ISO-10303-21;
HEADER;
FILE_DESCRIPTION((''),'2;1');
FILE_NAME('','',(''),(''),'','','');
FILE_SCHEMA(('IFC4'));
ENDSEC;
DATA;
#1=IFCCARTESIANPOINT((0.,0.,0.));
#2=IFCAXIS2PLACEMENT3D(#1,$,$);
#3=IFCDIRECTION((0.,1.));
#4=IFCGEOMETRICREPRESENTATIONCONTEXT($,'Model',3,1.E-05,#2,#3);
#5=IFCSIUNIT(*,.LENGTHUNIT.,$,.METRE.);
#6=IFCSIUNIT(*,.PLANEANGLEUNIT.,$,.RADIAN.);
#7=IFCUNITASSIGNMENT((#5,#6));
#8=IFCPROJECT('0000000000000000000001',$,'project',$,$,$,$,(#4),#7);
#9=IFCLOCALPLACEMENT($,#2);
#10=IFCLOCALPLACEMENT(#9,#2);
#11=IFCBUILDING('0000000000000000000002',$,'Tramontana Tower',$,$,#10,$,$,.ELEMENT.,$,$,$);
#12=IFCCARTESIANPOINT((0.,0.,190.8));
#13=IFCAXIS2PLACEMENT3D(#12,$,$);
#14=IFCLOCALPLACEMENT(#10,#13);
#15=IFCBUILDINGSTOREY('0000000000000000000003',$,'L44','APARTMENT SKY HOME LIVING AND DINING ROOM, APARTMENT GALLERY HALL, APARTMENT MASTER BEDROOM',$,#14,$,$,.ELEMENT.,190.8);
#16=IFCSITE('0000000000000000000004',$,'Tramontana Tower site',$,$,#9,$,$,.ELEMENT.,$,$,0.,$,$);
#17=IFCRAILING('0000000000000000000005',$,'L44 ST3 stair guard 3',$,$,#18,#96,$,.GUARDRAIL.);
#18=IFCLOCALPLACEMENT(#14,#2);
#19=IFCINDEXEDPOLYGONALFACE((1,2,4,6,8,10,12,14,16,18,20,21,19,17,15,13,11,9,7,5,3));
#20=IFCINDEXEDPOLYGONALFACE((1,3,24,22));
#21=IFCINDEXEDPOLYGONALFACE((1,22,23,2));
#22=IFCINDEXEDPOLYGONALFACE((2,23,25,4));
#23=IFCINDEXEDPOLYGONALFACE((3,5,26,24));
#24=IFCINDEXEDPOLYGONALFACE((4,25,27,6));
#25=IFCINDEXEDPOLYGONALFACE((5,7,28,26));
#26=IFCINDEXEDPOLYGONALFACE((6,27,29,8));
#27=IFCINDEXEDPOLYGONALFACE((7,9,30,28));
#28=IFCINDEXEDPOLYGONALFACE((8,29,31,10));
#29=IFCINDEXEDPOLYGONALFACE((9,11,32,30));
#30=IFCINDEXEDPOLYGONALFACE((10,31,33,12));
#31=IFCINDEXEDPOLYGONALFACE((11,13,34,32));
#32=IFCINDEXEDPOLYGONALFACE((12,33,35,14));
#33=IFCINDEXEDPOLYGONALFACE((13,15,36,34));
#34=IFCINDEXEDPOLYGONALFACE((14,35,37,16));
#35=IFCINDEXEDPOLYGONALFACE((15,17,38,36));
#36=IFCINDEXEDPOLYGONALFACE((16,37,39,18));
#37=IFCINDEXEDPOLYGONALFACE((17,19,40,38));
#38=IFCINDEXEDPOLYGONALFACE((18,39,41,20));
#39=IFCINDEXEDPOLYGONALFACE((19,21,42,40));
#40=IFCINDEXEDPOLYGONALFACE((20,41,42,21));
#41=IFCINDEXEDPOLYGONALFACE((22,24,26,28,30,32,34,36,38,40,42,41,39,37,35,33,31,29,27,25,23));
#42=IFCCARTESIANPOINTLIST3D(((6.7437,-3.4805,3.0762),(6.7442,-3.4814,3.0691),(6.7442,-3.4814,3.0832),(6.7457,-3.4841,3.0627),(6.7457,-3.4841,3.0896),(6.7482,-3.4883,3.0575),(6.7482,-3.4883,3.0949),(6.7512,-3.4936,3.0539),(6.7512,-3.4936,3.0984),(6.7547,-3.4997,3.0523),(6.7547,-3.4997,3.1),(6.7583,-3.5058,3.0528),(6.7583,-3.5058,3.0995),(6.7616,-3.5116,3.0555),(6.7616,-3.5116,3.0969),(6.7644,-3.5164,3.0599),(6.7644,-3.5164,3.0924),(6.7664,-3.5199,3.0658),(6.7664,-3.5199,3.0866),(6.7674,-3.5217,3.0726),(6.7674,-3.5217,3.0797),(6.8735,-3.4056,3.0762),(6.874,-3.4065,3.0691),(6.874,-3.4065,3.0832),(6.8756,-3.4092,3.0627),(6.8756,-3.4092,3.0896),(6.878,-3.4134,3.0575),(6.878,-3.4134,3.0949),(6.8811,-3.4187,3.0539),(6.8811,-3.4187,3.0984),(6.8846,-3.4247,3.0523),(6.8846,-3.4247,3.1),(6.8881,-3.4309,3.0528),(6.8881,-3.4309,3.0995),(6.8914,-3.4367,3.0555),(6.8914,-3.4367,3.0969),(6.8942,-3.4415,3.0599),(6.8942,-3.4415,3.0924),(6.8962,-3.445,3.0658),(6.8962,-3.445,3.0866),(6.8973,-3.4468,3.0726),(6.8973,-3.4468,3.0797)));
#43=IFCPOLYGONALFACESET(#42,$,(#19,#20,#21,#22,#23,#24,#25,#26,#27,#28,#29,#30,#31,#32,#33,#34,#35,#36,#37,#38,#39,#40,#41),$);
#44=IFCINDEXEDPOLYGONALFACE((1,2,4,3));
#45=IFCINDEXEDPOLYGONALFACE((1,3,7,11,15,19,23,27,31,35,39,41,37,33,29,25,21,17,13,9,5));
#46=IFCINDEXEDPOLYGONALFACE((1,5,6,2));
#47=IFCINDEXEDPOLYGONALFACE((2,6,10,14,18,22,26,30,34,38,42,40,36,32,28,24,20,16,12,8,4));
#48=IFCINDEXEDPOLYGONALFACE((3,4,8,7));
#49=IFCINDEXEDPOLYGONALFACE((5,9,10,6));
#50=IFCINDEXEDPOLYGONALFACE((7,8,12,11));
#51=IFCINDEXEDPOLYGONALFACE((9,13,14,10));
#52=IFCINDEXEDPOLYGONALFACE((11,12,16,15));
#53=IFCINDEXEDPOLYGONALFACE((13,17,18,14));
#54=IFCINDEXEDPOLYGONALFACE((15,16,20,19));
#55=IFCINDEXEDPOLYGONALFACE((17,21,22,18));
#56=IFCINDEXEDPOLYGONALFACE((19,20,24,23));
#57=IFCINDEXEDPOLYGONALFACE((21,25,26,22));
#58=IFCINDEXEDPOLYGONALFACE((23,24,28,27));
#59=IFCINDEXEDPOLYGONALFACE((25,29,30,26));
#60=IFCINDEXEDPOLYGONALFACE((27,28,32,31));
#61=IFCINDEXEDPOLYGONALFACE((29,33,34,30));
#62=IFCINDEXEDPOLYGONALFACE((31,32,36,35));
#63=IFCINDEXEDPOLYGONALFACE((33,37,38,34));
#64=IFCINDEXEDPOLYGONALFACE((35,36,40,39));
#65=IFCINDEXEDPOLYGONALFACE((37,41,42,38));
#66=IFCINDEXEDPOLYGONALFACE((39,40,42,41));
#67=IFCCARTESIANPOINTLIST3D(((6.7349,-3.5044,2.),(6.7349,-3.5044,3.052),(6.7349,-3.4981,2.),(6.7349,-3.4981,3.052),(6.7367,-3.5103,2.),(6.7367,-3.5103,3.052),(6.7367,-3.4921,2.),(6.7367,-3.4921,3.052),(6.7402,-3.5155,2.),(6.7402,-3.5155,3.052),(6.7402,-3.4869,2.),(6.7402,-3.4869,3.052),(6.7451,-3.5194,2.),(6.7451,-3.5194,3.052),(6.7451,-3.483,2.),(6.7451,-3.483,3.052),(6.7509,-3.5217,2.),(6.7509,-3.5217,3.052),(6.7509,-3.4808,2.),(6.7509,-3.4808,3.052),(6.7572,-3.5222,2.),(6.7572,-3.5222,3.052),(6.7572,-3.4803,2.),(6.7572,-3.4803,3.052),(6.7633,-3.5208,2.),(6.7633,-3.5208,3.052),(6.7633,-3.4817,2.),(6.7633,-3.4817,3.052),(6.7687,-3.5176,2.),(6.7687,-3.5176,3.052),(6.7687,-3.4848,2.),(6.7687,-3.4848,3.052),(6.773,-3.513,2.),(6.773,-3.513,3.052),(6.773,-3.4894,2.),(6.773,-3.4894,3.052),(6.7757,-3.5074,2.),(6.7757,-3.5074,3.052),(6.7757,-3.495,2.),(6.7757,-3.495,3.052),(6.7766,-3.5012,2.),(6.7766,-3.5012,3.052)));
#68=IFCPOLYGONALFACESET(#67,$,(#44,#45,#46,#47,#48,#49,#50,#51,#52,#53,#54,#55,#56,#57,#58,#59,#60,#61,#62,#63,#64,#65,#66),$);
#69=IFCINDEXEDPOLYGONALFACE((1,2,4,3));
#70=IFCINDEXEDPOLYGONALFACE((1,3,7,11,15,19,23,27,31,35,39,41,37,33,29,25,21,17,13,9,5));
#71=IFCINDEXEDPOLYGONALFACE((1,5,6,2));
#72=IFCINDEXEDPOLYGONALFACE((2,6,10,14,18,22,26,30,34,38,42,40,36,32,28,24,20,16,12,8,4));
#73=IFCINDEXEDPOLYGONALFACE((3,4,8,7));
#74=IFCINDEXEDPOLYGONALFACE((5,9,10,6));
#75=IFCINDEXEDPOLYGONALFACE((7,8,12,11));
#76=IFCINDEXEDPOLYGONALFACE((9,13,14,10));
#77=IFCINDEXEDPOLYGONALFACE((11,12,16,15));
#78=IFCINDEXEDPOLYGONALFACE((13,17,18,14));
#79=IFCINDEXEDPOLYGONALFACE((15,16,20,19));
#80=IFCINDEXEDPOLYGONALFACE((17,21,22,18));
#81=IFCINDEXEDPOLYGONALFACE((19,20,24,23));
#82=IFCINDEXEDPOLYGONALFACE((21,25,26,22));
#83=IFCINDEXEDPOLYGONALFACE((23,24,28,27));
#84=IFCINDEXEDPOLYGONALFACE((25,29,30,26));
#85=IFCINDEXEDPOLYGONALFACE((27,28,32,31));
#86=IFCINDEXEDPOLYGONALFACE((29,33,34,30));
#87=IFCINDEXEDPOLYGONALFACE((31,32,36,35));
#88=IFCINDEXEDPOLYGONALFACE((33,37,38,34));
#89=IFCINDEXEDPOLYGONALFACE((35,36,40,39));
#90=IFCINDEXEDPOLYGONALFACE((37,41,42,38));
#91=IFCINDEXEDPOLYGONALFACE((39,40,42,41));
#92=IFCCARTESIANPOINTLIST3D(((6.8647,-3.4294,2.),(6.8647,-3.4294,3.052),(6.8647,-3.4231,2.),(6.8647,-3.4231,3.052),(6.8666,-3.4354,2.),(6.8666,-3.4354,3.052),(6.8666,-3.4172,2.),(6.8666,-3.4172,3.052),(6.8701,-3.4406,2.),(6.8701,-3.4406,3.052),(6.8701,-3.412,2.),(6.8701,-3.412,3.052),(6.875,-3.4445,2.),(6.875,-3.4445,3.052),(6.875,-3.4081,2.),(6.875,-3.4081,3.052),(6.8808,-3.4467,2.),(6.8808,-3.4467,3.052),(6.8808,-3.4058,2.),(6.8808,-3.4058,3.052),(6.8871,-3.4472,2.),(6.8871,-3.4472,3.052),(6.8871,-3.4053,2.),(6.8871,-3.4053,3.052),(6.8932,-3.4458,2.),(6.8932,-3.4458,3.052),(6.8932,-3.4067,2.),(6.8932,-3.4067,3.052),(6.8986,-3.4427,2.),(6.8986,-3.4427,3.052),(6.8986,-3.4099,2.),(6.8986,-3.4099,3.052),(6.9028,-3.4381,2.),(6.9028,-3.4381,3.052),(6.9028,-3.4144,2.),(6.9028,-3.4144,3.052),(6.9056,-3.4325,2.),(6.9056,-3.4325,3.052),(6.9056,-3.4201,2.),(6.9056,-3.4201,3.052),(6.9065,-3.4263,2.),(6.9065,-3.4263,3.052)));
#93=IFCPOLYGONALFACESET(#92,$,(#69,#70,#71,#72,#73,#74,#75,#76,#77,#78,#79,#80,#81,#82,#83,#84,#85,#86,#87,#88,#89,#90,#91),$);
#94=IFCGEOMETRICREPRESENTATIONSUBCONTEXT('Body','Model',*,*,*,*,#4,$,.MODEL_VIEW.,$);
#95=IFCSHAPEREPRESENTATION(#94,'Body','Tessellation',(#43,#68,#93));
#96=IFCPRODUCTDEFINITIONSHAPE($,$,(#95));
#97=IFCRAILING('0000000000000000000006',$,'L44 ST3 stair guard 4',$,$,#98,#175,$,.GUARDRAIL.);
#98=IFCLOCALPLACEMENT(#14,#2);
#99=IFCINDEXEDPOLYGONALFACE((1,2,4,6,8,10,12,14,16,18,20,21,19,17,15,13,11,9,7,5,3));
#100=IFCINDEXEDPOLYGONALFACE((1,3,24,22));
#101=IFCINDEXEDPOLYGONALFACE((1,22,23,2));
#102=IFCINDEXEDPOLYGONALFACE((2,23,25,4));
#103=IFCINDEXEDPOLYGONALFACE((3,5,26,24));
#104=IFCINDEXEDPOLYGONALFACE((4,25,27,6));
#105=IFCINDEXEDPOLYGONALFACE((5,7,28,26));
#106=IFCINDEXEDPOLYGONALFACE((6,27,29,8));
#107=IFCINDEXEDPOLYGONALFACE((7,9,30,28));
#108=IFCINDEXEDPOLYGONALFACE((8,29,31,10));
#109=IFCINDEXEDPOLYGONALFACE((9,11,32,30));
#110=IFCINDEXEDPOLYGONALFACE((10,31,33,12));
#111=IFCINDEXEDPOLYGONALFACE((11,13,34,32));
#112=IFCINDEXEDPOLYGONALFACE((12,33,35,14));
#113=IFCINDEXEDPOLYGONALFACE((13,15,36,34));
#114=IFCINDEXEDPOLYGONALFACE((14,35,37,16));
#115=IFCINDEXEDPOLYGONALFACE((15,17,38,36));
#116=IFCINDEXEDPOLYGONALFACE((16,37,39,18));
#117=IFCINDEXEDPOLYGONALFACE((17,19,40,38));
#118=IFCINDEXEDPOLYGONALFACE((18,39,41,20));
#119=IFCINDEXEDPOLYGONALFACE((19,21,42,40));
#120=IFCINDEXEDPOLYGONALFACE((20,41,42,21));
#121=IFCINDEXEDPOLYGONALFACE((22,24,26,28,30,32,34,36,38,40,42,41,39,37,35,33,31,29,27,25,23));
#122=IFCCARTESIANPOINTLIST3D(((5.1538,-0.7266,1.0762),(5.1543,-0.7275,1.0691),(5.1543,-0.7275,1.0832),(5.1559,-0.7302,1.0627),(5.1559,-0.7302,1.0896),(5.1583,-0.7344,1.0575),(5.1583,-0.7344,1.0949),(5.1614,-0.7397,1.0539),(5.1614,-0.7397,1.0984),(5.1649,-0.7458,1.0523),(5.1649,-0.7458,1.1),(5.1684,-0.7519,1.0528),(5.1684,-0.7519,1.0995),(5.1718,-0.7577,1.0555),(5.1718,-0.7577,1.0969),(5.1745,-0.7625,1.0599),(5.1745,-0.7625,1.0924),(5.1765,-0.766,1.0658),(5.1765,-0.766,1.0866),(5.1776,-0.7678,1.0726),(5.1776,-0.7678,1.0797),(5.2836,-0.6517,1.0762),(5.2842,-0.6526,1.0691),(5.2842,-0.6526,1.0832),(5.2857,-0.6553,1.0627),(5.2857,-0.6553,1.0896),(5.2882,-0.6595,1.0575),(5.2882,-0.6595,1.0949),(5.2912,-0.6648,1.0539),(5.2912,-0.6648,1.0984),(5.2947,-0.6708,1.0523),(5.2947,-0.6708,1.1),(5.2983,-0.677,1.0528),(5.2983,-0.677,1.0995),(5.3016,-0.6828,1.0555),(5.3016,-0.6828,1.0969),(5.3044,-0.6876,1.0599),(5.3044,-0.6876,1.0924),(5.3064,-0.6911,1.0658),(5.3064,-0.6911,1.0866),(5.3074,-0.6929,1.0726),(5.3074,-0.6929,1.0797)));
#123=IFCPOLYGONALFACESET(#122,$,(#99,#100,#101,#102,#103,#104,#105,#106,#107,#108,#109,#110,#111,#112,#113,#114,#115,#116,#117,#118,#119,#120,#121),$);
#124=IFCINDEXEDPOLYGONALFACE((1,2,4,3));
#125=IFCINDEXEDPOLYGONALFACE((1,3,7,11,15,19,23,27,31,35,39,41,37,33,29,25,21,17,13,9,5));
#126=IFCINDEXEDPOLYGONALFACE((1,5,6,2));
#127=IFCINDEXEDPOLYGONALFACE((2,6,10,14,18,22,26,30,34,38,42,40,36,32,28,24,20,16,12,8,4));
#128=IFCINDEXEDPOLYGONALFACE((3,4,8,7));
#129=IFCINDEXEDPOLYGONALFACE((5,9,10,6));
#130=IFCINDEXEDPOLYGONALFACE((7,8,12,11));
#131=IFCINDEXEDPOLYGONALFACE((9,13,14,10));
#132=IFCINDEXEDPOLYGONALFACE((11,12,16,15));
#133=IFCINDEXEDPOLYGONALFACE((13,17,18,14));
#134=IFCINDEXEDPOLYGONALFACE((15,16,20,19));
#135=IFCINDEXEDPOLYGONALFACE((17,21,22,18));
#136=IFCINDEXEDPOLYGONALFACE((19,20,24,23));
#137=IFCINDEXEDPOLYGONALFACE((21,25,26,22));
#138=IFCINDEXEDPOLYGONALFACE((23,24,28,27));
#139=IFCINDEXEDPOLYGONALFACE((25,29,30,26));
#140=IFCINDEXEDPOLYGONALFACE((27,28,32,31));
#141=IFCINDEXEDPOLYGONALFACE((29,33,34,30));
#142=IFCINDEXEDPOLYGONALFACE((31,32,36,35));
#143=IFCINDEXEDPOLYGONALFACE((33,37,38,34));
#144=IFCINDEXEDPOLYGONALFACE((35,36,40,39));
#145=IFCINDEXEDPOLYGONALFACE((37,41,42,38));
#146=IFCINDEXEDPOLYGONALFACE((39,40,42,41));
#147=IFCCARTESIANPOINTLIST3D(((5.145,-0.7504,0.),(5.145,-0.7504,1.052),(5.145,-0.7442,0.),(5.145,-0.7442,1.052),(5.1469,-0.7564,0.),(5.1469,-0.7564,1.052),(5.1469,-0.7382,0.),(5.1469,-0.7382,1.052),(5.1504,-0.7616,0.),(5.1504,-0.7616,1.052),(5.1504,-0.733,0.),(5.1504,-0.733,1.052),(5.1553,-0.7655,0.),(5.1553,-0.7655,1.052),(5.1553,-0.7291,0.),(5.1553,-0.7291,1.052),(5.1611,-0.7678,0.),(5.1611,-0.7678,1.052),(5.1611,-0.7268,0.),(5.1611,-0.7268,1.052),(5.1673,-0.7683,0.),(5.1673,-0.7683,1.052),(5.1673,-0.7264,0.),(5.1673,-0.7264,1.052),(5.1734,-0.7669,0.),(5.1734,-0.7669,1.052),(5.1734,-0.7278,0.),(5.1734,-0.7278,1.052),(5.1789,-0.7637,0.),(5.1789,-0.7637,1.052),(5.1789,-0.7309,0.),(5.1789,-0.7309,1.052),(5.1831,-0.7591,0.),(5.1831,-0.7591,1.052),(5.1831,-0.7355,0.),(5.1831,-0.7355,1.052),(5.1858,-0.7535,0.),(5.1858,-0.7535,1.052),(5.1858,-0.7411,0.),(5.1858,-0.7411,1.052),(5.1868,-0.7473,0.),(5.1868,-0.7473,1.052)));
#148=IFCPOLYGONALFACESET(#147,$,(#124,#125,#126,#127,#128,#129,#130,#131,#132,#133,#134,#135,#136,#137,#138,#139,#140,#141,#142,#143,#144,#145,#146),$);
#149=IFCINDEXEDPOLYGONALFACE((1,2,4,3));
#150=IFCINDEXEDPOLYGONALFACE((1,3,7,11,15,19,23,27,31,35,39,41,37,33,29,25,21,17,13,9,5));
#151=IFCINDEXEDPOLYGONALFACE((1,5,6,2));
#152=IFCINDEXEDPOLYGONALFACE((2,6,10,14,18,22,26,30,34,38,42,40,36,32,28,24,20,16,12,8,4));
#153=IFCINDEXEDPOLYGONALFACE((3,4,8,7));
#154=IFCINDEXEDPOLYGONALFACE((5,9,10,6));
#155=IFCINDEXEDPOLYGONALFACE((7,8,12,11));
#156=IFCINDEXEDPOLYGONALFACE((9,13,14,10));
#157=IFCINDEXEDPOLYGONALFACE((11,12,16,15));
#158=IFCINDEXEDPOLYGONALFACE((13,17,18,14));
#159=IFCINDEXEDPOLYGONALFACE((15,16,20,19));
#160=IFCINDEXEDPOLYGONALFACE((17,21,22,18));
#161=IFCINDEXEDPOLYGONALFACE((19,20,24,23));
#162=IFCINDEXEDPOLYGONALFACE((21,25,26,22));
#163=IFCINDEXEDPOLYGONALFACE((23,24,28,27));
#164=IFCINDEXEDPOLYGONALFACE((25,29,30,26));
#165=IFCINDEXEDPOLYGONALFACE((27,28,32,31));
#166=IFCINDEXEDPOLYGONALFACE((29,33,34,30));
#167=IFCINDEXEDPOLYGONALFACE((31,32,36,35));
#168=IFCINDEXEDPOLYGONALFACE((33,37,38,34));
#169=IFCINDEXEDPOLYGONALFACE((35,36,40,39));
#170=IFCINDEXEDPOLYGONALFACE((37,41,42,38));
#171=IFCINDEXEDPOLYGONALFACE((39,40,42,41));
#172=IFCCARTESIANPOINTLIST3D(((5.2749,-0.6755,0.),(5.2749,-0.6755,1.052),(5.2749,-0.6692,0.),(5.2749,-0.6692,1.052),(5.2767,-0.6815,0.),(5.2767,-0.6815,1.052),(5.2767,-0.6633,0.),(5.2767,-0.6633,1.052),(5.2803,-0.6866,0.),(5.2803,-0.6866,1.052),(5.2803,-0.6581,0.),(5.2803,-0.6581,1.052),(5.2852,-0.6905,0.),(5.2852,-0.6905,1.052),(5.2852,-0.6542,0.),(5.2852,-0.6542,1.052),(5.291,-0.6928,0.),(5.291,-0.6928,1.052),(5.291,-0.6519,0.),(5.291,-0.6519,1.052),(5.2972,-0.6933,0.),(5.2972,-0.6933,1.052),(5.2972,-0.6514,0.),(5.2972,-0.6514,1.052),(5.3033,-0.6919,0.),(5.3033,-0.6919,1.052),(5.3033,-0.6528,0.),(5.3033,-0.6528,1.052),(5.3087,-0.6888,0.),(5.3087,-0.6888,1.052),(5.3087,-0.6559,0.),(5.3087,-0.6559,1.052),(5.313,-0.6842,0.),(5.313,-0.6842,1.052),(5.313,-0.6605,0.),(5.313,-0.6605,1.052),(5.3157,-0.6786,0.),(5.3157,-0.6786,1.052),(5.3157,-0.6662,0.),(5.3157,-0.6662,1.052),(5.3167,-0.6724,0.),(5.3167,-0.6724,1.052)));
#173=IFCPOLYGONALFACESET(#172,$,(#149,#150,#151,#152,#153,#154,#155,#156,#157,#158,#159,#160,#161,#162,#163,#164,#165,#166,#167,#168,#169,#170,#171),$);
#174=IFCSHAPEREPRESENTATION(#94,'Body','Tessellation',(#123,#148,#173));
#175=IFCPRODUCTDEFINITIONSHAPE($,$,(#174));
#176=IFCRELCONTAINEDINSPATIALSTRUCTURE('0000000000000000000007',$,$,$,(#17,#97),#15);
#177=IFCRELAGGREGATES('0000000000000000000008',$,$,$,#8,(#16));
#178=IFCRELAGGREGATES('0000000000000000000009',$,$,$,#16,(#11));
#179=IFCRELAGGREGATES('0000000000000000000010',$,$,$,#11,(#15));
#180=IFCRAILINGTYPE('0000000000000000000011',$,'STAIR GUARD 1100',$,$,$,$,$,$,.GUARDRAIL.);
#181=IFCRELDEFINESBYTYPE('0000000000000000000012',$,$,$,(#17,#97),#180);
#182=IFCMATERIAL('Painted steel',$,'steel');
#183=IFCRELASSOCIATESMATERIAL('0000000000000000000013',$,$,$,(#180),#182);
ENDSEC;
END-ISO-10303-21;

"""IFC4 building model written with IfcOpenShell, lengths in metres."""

from ifc_helpers import new_model, si_unit, direction, frame, origin, origin_2d, place, context, subcontext, project, spatial, circle, extrude, material, type_object, element, save


model = new_model("IFC4")

# Units and contexts
model_context = context("Model", 3, precision=1e-05, world=origin(), true_north=direction((0.0, 1.0)))
body_context = subcontext(model_context, "Body", "Model", "MODEL_VIEW")
ifc_project = project(units=[si_unit("LENGTHUNIT", "METRE"), si_unit("PLANEANGLEUNIT", "RADIAN")], contexts=[model_context])

# Site, building, storey
site_placement = place(None, origin())
site = spatial("IfcSite", under=ifc_project, at=site_placement, Name="Tramontana Tower site", CompositionType="ELEMENT", RefElevation=0.0)
building_placement = place(site_placement, origin())
building = spatial("IfcBuilding", under=site, at=building_placement, Name="Tramontana Tower", CompositionType="ELEMENT")
storey_placement = place(building_placement, frame((0.0, 0.0, 190.8)))
storey = spatial("IfcBuildingStorey", under=building, at=storey_placement, Name="L44", Description="APARTMENT SKY HOME LIVING AND DINING ROOM, APARTMENT GALLERY HALL, APARTMENT MASTER BEDROOM", CompositionType="ELEMENT", Elevation=190.8)

# Railings
ifc_material_1 = material(Name="Painted steel", Category="steel")
railing_type_1 = type_object("IfcRailingType", Name="STAIR GUARD 1100", PredefinedType="GUARDRAIL", material=ifc_material_1)
for number, where, name in (
    (1, (6.7556, -3.5012, 2.0), "L44 ST3 stair guard 3"),
    (2, (5.1658, -0.7473, 0.0), "L44 ST3 stair guard 4"),
):
    element("IfcRailing", number, at=place(storey_placement, frame(where)), inside=storey, type_object=railing_type_1, Name=name, PredefinedType="GUARDRAIL", context=body_context, shape_type="SweptSolid", body=[
        extrude(circle(Radius=0.0239, at=origin_2d()), frame((0.0, 0.0, 1.0762), z_axis=(0.866131, 0.499816, 0.0), x_axis=(-0.499816, 0.866131, 0.0)), (0.0, 0.0, 1.0), 0.1499),
        extrude(circle(Radius=0.021, at=origin_2d()), origin(), (0.0, 0.0, 1.0), 1.052),
        extrude(circle(Radius=0.021, at=origin_2d()), frame((0.1299, 0.075, 0.0)), (0.0, 0.0, 1.0), 1.052),
    ])

save(model, "model.ifc")
